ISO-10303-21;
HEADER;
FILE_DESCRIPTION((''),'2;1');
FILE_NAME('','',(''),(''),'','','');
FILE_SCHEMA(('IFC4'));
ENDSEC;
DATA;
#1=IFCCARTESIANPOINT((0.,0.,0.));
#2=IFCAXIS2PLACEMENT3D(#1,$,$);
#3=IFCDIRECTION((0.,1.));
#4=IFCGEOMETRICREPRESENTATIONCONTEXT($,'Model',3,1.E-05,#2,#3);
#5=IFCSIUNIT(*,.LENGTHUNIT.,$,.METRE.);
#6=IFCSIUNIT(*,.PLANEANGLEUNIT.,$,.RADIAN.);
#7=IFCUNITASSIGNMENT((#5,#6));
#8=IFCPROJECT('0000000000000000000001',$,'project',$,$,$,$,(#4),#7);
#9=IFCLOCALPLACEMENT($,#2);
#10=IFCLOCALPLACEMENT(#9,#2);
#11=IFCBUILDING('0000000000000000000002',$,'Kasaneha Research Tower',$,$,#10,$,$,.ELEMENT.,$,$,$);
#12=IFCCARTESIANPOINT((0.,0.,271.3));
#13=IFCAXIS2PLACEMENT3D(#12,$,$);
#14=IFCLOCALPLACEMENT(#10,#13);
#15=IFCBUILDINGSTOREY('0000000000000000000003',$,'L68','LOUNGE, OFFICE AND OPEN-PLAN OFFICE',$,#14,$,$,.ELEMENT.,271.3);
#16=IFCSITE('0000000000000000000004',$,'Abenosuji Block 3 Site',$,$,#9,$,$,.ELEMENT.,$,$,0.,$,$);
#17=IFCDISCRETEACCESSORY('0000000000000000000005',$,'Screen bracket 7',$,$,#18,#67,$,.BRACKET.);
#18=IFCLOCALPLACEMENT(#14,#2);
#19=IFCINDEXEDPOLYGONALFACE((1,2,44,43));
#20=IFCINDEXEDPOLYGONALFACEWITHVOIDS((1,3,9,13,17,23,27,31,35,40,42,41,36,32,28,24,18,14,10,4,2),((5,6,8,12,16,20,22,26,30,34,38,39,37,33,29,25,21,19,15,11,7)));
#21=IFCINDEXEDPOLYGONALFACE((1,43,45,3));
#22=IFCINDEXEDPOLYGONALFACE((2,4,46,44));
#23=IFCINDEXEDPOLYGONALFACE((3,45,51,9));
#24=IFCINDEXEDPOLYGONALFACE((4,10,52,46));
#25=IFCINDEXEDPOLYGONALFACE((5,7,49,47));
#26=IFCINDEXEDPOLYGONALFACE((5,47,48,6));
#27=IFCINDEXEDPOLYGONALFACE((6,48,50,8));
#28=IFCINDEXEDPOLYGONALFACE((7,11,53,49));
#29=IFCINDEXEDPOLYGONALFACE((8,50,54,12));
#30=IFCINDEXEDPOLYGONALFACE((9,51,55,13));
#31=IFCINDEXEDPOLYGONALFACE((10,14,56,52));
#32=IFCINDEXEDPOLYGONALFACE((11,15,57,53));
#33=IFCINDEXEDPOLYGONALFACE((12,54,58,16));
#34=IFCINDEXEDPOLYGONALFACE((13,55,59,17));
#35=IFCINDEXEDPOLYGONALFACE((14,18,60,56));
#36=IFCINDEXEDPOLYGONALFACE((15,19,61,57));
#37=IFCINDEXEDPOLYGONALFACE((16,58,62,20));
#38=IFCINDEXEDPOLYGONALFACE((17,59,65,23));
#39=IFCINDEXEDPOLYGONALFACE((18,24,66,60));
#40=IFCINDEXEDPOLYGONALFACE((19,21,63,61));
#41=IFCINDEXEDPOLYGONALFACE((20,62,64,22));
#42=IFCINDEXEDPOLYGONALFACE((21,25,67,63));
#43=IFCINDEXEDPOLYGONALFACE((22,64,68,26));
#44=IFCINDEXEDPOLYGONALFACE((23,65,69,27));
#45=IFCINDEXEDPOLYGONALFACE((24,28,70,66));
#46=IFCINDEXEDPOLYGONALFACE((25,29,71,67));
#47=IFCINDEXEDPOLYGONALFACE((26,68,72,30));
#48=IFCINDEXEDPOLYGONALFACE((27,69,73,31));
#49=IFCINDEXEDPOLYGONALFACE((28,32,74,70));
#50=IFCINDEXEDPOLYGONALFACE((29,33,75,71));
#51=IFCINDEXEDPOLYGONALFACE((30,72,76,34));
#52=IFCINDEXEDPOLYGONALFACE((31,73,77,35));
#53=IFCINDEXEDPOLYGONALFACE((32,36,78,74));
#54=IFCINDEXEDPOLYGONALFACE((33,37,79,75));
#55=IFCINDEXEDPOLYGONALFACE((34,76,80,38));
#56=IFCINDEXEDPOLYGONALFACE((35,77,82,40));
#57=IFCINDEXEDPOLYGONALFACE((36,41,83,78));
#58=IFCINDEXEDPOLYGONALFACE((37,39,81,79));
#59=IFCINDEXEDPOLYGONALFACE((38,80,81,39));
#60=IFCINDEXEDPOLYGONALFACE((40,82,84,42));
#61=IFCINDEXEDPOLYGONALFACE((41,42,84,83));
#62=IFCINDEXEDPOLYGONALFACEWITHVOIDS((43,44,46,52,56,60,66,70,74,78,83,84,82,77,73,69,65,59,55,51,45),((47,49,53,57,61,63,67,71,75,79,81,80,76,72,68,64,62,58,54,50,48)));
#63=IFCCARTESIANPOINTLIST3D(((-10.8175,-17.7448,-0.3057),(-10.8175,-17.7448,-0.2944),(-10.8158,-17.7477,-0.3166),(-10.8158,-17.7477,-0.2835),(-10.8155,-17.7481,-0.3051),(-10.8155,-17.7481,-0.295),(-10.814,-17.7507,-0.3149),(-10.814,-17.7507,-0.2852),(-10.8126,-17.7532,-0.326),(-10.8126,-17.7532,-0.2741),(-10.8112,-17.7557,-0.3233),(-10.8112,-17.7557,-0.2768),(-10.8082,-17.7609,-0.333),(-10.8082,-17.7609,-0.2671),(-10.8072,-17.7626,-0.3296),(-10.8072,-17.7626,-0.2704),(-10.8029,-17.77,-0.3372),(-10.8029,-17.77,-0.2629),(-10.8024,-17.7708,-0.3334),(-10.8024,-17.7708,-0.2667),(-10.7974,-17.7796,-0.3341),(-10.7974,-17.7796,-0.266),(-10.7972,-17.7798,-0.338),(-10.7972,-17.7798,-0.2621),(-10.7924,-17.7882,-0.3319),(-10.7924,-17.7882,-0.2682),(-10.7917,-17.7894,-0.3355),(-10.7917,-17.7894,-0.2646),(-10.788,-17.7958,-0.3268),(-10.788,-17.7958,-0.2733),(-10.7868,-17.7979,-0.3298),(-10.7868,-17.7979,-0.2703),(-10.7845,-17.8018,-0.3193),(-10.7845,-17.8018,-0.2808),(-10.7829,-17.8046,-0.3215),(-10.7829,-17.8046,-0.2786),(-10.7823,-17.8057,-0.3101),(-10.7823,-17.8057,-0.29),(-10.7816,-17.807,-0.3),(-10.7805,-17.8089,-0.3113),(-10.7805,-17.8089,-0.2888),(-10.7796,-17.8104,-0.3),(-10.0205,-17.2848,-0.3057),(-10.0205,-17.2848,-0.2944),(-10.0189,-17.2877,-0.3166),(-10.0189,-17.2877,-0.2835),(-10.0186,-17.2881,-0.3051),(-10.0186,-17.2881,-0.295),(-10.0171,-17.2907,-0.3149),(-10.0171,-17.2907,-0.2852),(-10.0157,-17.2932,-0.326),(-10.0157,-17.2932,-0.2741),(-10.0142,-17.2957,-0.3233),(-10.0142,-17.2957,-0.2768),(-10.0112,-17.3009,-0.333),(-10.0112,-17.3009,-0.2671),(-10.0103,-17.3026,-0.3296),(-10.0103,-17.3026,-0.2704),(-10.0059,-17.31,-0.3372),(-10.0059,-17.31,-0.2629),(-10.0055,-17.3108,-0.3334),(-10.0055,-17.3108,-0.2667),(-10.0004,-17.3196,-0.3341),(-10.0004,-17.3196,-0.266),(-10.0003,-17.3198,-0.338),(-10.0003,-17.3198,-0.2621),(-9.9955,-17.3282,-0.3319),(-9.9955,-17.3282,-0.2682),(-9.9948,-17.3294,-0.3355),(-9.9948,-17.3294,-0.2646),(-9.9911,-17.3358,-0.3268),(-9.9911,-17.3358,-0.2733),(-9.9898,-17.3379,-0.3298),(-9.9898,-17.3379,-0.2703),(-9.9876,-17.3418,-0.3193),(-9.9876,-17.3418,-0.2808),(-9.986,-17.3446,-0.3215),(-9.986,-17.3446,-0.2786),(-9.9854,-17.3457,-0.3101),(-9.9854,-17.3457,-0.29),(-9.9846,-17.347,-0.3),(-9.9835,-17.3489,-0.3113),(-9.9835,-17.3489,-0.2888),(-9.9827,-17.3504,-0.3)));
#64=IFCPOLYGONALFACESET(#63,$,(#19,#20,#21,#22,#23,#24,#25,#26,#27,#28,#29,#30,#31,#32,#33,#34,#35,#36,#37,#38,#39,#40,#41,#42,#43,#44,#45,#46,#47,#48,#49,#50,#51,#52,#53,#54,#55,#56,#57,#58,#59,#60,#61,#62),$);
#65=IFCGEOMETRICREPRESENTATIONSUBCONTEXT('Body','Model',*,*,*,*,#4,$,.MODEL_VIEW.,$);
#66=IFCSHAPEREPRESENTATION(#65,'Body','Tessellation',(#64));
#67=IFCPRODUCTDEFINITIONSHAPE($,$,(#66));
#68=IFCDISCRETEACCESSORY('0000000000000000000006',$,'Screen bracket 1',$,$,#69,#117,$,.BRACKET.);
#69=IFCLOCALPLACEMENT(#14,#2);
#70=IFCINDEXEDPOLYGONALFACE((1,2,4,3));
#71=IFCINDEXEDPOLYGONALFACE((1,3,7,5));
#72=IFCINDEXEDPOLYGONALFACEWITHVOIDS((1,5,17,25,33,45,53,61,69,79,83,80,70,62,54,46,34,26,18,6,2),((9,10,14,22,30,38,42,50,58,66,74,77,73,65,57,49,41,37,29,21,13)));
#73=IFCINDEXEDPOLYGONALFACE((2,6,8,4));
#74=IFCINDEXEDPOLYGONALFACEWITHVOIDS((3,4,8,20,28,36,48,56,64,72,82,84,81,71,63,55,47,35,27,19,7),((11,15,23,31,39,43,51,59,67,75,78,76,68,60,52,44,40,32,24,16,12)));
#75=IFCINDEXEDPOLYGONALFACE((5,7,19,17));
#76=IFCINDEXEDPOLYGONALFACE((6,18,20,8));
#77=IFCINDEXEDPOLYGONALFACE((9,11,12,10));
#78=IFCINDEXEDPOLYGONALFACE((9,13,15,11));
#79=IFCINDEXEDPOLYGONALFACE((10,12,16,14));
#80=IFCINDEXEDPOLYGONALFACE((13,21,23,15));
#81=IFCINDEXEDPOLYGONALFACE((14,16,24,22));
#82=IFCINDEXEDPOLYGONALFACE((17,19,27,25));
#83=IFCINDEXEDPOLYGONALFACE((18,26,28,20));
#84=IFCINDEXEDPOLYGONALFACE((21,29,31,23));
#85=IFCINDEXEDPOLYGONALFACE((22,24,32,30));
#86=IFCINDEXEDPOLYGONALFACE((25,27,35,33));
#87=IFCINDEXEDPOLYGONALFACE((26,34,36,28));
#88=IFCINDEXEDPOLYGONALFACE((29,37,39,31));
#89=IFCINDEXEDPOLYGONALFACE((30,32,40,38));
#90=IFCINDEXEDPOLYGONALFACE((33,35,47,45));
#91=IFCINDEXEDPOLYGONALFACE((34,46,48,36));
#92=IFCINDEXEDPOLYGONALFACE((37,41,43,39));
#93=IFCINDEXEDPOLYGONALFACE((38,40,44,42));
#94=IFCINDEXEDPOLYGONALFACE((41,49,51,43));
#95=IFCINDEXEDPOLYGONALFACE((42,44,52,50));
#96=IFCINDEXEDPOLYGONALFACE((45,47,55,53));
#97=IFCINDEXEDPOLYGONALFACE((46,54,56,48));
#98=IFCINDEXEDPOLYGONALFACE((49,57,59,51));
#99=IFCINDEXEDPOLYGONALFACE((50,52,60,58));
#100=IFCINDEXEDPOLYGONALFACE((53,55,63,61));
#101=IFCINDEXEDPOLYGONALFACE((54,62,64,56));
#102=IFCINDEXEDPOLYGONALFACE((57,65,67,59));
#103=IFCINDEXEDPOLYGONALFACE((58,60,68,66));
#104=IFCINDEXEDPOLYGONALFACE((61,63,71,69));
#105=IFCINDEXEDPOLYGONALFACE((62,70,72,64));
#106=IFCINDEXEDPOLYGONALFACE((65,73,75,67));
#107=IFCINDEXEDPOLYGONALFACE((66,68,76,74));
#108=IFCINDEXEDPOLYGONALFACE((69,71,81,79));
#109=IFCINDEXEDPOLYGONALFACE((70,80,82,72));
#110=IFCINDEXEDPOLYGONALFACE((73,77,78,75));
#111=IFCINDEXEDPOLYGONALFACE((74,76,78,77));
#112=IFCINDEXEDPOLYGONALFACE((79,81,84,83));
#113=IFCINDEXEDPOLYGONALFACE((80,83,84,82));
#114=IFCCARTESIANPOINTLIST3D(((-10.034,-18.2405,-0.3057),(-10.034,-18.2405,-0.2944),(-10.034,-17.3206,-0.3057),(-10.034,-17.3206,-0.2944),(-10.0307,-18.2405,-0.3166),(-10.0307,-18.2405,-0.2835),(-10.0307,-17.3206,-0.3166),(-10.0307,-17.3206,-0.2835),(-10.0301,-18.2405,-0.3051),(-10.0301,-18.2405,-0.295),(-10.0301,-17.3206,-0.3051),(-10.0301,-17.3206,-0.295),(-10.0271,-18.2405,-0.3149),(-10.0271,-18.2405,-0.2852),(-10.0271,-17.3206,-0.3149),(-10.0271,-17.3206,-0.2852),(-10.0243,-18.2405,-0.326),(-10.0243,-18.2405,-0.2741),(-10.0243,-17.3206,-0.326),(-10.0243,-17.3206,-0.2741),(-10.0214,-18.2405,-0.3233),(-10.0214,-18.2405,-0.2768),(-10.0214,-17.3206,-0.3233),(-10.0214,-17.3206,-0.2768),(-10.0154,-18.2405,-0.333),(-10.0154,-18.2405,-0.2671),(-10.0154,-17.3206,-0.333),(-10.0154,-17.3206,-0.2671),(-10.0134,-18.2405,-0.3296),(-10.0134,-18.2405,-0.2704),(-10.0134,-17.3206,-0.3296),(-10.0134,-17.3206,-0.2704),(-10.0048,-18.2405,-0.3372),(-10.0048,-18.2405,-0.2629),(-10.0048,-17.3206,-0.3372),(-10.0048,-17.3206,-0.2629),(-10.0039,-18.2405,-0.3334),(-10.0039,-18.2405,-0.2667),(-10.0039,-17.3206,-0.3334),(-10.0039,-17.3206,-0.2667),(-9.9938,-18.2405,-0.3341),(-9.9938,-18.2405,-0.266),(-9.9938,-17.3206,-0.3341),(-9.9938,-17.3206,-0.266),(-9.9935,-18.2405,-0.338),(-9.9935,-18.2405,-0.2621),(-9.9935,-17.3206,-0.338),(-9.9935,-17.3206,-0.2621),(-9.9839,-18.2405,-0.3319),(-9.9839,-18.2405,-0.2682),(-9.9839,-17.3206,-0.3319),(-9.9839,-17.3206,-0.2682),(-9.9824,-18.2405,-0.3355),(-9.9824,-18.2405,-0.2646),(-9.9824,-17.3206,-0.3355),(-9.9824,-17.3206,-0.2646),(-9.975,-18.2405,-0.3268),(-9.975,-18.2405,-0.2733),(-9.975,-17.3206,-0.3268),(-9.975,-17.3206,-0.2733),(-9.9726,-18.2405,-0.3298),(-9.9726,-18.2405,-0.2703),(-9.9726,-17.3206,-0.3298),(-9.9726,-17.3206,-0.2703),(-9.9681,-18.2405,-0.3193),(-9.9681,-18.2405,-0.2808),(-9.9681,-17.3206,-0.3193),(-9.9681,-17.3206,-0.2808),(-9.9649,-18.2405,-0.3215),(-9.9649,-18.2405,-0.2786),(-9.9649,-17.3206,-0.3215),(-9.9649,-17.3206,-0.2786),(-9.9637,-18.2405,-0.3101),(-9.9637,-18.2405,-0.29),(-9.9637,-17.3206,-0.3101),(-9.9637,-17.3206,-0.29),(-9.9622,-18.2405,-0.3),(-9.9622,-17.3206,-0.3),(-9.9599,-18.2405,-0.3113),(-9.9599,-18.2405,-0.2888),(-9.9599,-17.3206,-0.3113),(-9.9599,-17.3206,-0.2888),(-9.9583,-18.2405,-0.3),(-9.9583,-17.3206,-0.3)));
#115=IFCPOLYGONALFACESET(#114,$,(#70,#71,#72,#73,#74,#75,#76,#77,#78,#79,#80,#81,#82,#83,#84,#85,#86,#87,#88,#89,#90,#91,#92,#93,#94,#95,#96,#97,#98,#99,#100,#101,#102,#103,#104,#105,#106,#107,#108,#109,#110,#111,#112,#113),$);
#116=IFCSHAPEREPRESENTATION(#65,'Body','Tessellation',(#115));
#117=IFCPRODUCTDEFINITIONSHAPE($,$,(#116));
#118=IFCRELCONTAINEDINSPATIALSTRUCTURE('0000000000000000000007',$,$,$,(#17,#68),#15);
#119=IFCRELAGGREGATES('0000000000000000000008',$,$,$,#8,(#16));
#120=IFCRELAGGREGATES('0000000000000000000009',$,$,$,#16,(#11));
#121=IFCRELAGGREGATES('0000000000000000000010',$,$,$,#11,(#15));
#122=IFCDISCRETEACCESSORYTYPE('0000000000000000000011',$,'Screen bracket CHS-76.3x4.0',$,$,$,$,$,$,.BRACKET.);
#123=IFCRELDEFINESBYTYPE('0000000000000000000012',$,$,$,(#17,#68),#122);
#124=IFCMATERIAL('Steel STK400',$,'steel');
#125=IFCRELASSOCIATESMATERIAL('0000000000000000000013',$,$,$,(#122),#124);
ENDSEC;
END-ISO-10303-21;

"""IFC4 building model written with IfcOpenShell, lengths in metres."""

from ifc_helpers import new_model, si_unit, direction, frame, origin, origin_2d, place, context, subcontext, project, spatial, hollow_circle, extrude, material, material_profile, profile_set, type_object, element, save


model = new_model("IFC4")

# Units and contexts
model_context = context("Model", 3, precision=1e-05, world=origin(), true_north=direction((0.0, 1.0)))
body_context = subcontext(model_context, "Body", "Model", "MODEL_VIEW")
ifc_project = project(units=[si_unit("LENGTHUNIT", "METRE"), si_unit("PLANEANGLEUNIT", "RADIAN")], contexts=[model_context])

# Site, building, storey
site_placement = place(None, origin())
site = spatial("IfcSite", under=ifc_project, at=site_placement, Name="Abenosuji Block 3 Site", CompositionType="ELEMENT", RefElevation=0.0)
building_placement = place(site_placement, origin())
building = spatial("IfcBuilding", under=site, at=building_placement, Name="Kasaneha Research Tower", CompositionType="ELEMENT")
storey_placement = place(building_placement, frame((0.0, 0.0, 271.3)))
storey = spatial("IfcBuildingStorey", under=building, at=storey_placement, Name="L68", Description="LOUNGE, OFFICE AND OPEN-PLAN OFFICE", CompositionType="ELEMENT", Elevation=271.3)

# Discrete accessories
ifc_material_1 = material(Name="Steel STK400", Category="steel")
ifc_material_profile_1 = material_profile(ifc_material_1, hollow_circle(Radius=0.0381, WallThickness=0.0039, at=origin_2d()), Name="CHS-76.3x4.0")
ifc_profile_set_1 = profile_set([ifc_material_profile_1], Name="Steel STK400")
discrete_accessory_type = type_object("IfcDiscreteAccessoryType", Name="Screen bracket CHS-76.3x4.0", PredefinedType="BRACKET", material=ifc_profile_set_1)
discrete_accessory_1_placement = place(storey_placement, frame((-10.0017, -17.3174, -0.3), z_axis=(-0.86608, -0.499906, 0.0), x_axis=(0.499906, -0.86608, 0.0)))
element("IfcDiscreteAccessory", 1, at=discrete_accessory_1_placement, inside=storey, type_object=discrete_accessory_type, Name="Screen bracket 7", PredefinedType="BRACKET", context=body_context, shape_type="SweptSolid", body=[
    extrude(hollow_circle(Radius=0.0381, WallThickness=0.0039, at=origin_2d()), origin(), (0.0, 0.0, 1.0), 0.9202),
])
discrete_accessory_2_placement = place(storey_placement, frame((-9.9963, -17.3206, -0.3), z_axis=(0.0, -1.0, 0.0), x_axis=(1.0, 0.0, 0.0)))
element("IfcDiscreteAccessory", 2, at=discrete_accessory_2_placement, inside=storey, type_object=discrete_accessory_type, Name="Screen bracket 1", PredefinedType="BRACKET", context=body_context, shape_type="SweptSolid", body=[
    extrude(hollow_circle(Radius=0.0381, WallThickness=0.0039, at=origin_2d()), origin(), (0.0, 0.0, 1.0), 0.9199),
])

save(model, "model.ifc")
